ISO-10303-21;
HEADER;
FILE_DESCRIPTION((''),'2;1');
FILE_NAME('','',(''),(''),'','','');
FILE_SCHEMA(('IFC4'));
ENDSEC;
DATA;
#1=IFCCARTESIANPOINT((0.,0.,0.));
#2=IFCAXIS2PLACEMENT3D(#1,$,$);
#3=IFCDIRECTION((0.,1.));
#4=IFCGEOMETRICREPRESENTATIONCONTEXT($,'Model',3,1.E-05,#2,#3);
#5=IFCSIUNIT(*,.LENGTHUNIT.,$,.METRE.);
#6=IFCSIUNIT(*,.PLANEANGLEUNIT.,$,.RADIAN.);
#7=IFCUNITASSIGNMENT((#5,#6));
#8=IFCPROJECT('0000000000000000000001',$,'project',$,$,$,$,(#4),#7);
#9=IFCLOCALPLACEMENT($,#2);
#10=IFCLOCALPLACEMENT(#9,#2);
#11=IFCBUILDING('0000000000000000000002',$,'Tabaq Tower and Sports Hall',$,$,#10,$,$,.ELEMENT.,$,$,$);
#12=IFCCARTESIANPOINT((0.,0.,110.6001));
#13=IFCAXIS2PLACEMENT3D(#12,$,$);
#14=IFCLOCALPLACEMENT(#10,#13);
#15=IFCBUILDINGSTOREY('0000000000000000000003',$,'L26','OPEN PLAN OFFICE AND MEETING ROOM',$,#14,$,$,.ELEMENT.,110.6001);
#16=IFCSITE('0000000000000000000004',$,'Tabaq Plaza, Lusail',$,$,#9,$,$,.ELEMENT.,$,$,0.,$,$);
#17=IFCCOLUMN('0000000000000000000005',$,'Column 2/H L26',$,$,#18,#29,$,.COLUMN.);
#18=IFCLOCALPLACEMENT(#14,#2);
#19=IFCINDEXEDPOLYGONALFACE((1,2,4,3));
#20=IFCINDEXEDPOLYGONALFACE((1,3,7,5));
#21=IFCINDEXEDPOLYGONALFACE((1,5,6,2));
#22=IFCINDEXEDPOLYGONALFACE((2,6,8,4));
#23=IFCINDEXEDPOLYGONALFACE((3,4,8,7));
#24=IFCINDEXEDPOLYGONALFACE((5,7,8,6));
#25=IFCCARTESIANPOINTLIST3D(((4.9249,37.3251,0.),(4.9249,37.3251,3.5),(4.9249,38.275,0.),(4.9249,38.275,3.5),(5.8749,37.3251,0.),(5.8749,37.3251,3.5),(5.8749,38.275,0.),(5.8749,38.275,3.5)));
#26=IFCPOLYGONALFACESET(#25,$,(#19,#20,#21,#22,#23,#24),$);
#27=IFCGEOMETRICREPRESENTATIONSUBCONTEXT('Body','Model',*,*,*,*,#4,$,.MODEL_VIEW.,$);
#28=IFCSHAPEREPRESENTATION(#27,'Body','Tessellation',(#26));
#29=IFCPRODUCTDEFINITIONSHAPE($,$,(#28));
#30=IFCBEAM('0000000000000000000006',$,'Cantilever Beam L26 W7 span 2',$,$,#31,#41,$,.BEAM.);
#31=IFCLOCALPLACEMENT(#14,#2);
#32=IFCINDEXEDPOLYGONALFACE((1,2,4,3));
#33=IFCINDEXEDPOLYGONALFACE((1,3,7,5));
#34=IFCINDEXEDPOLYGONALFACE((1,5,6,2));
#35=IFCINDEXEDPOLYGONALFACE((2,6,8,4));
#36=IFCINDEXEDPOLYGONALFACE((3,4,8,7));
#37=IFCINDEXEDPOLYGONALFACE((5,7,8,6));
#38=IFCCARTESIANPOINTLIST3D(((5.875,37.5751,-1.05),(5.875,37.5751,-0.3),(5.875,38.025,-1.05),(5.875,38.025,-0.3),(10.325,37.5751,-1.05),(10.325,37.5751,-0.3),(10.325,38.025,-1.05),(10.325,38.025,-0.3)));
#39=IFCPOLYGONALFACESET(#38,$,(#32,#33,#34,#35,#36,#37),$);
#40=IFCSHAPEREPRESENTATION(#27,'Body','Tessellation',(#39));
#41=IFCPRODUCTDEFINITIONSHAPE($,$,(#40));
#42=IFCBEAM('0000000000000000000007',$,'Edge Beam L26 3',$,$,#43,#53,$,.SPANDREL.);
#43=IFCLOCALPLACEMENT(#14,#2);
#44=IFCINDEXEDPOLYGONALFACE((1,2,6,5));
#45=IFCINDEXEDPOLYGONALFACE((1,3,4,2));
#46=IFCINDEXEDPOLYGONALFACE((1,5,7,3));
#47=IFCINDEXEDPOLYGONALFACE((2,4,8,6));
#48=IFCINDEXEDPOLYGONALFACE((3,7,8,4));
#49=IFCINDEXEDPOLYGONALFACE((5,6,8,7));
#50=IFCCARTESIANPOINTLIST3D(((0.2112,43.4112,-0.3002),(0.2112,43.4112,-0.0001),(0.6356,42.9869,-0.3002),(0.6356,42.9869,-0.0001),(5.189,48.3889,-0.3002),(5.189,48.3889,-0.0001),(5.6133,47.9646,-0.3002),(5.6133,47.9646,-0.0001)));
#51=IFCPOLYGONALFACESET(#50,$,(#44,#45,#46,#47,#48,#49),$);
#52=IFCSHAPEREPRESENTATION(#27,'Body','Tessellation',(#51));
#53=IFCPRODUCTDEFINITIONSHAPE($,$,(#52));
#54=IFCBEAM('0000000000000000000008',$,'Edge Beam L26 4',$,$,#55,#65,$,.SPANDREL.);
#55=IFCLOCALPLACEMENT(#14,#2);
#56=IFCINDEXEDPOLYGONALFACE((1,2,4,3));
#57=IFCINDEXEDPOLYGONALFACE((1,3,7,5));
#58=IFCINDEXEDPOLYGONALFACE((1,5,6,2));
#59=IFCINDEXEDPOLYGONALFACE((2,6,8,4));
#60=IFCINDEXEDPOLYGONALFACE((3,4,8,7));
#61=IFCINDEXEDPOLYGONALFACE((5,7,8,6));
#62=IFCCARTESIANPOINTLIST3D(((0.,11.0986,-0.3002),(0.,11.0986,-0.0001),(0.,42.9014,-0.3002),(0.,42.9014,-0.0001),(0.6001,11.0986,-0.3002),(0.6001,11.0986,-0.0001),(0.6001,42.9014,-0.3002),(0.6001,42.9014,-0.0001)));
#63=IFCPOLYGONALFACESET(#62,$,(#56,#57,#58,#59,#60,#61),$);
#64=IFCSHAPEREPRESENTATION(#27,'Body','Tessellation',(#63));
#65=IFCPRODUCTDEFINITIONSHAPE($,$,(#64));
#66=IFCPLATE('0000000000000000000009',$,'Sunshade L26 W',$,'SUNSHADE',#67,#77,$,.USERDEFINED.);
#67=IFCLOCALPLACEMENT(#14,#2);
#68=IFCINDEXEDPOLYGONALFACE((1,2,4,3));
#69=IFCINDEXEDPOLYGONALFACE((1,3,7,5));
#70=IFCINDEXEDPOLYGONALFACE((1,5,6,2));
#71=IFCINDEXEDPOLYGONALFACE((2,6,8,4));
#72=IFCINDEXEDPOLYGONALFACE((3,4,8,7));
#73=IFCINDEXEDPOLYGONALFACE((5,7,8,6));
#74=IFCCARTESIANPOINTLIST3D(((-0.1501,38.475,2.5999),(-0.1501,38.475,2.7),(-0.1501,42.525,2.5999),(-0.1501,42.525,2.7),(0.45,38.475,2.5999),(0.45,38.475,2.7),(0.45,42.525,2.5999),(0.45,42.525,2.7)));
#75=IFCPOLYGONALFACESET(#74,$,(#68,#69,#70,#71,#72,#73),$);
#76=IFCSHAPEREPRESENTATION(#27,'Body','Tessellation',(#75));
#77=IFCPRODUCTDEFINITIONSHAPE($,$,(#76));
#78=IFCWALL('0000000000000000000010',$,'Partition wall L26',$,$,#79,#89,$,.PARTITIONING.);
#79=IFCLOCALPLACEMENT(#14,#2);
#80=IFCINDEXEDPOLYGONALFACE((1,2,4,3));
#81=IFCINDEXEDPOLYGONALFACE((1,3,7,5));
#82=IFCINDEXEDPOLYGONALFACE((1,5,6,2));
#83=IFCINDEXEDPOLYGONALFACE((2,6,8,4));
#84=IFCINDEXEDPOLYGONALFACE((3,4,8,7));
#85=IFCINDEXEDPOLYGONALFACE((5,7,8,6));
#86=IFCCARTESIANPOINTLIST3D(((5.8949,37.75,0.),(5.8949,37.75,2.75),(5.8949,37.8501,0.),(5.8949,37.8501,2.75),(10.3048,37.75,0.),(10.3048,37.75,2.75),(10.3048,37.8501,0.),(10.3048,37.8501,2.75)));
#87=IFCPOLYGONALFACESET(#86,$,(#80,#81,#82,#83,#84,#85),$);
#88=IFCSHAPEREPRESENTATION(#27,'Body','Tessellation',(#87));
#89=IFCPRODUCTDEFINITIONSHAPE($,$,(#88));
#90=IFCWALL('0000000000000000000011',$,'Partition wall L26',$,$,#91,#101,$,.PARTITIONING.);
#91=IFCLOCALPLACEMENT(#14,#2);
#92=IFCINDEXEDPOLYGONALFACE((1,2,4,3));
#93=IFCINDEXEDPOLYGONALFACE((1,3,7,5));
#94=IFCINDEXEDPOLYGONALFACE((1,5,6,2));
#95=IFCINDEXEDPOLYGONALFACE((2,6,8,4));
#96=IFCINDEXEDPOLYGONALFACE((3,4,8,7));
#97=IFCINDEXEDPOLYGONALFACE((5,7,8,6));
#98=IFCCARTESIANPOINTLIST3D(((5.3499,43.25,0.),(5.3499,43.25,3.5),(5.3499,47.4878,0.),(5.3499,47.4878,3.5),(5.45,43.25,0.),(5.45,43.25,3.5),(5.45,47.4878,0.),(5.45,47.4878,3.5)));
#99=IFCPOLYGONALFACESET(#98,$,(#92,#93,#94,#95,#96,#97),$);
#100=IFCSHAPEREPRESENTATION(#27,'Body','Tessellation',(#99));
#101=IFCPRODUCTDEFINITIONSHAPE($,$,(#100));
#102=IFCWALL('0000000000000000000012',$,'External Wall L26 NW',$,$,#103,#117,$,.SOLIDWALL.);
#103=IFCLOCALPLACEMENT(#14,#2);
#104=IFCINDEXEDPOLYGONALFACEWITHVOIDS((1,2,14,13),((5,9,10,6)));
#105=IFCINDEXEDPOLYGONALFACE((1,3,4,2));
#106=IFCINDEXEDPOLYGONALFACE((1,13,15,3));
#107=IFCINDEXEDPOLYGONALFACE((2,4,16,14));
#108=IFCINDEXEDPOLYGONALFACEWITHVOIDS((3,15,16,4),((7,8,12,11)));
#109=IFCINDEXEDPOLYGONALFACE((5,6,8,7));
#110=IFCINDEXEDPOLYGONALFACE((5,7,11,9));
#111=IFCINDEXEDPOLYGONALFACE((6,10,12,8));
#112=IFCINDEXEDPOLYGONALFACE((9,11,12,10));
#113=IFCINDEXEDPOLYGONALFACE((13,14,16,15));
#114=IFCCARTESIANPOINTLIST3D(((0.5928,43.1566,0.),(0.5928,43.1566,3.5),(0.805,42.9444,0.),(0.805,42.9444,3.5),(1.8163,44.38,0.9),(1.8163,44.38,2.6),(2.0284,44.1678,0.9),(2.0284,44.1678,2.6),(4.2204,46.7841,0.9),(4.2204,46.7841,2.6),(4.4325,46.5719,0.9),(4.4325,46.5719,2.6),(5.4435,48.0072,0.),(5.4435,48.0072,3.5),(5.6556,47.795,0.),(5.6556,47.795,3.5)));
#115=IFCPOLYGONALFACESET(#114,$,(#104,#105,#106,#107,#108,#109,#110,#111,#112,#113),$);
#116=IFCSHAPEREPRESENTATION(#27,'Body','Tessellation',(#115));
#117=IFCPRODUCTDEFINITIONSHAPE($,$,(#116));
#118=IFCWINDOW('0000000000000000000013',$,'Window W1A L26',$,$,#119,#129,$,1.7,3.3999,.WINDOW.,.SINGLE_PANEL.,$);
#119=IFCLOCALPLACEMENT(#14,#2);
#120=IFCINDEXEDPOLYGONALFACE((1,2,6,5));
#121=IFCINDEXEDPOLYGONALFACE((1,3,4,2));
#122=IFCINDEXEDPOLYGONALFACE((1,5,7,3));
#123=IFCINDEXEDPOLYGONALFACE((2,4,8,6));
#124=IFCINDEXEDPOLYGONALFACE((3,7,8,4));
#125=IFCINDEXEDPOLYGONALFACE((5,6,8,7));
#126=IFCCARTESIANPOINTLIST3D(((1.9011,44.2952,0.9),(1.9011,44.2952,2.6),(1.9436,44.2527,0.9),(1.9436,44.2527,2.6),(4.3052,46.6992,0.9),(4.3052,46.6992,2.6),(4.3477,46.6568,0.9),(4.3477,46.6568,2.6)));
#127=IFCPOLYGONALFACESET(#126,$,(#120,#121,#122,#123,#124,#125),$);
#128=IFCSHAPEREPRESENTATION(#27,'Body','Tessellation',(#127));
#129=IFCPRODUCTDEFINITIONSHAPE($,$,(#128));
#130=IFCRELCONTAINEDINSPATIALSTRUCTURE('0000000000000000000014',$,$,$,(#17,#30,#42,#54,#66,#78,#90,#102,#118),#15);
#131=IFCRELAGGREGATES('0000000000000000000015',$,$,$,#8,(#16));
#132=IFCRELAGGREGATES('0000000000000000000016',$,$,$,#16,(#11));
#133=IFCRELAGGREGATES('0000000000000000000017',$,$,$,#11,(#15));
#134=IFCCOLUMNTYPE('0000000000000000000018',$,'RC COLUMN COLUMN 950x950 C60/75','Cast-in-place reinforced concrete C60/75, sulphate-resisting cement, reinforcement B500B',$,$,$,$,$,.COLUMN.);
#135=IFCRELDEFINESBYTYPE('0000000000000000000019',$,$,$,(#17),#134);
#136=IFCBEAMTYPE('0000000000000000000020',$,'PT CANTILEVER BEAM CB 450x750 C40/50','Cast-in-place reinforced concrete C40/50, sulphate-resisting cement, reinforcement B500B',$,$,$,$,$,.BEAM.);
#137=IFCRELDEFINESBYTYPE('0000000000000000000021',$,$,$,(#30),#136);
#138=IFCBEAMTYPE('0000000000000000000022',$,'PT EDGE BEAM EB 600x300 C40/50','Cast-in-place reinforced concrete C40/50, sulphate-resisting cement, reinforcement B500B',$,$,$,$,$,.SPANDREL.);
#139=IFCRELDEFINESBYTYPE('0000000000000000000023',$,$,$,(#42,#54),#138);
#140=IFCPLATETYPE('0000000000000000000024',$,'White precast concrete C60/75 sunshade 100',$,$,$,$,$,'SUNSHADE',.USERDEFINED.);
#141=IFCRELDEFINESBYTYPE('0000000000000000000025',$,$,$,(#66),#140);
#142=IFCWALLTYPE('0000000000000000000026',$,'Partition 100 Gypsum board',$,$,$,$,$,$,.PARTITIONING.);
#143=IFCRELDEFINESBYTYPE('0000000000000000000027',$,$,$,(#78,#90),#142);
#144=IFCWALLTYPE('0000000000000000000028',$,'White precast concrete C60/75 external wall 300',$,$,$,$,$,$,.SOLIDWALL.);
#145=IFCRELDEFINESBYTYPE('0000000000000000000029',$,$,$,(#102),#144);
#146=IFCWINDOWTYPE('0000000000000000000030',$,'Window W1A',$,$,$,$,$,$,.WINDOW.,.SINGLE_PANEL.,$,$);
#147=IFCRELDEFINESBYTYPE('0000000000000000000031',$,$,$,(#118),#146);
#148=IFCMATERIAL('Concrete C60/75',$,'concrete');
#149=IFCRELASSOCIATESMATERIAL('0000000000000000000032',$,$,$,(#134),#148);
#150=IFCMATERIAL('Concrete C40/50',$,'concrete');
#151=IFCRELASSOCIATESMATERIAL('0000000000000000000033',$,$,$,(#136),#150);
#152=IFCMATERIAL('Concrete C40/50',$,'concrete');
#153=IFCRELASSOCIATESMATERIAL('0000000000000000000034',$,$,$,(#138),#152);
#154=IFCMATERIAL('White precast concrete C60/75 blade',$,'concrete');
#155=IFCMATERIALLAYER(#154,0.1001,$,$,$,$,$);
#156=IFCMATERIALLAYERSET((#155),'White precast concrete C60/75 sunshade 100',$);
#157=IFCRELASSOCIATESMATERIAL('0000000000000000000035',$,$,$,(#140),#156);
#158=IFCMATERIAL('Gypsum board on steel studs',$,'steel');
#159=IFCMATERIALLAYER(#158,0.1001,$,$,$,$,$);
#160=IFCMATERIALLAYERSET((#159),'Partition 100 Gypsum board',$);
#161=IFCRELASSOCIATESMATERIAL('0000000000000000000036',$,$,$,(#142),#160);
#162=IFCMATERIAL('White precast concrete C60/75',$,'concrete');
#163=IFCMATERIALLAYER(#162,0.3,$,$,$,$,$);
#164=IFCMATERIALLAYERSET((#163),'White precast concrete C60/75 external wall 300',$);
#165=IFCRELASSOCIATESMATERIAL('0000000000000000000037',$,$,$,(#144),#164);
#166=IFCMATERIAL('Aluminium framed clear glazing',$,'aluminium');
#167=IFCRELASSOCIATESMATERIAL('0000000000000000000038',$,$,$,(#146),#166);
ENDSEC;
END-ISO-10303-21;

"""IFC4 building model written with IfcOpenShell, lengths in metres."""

from ifc_helpers import new_model, si_unit, direction, frame, frame_2d, origin, origin_2d, place, context, subcontext, project, spatial, rectangle, extrude, material, layer, layer_set, material_profile, profile_set, type_object, element, fill, save


model = new_model("IFC4")

# Units and contexts
model_context = context("Model", 3, precision=1e-05, world=origin(), true_north=direction((0.0, 1.0)))
body_context = subcontext(model_context, "Body", "Model", "MODEL_VIEW")
ifc_project = project(units=[si_unit("LENGTHUNIT", "METRE"), si_unit("PLANEANGLEUNIT", "RADIAN")], contexts=[model_context])

# Site, building, storey
site_placement = place(None, origin())
site = spatial("IfcSite", under=ifc_project, at=site_placement, Name="Tabaq Plaza, Lusail", CompositionType="ELEMENT", RefElevation=0.0)
building_placement = place(site_placement, origin())
building = spatial("IfcBuilding", under=site, at=building_placement, Name="Tabaq Tower and Sports Hall", CompositionType="ELEMENT")
storey_placement = place(building_placement, frame((0.0, 0.0, 110.6001)))
storey = spatial("IfcBuildingStorey", under=building, at=storey_placement, Name="L26", Description="OPEN PLAN OFFICE AND MEETING ROOM", CompositionType="ELEMENT", Elevation=110.6001)

# Column
ifc_material_1 = material(Name="Concrete C60/75", Category="concrete")
ifc_material_profile_1 = material_profile(ifc_material_1, rectangle(XDim=0.95, YDim=0.95, at=origin_2d()), Name="COLUMN 950x950")
ifc_profile_set_1 = profile_set([ifc_material_profile_1], Name="Concrete C60/75")
column_type = type_object("IfcColumnType", Name="RC COLUMN COLUMN 950x950 C60/75", Description="Cast-in-place reinforced concrete C60/75, sulphate-resisting cement, reinforcement B500B", PredefinedType="COLUMN", material=ifc_profile_set_1)
column_placement = place(storey_placement, frame((5.3999, 37.8, 0.0), z_axis=(0.0, 0.0, 1.0), x_axis=(1.0, 0.0, 0.0)))
element("IfcColumn", 1, at=column_placement, inside=storey, type_object=column_type, Name="Column 2/H L26", PredefinedType="COLUMN", context=body_context, shape_type="SweptSolid", body=[
    extrude(rectangle(XDim=0.95, YDim=0.95, at=origin_2d()), origin(), (0.0, 0.0, 1.0), 3.5),
])

# Beams
ifc_material_2 = material(Name="Concrete C40/50", Category="concrete")
ifc_material_profile_2 = material_profile(ifc_material_2, rectangle(XDim=0.45, YDim=0.75, at=origin_2d()), Name="CB 450x750")
ifc_profile_set_2 = profile_set([ifc_material_profile_2], Name="Concrete C40/50")
beam_type_1 = type_object("IfcBeamType", Name="PT CANTILEVER BEAM CB 450x750 C40/50", Description="Cast-in-place reinforced concrete C40/50, sulphate-resisting cement, reinforcement B500B", PredefinedType="BEAM", material=ifc_profile_set_2)
beam_1_placement = place(storey_placement, frame((5.875, 37.8, -0.675), z_axis=(1.0, 0.0, 0.0), x_axis=(0.0, 1.0, 0.0)))
element("IfcBeam", 2, at=beam_1_placement, inside=storey, type_object=beam_type_1, Name="Cantilever Beam L26 W7 span 2", PredefinedType="BEAM", context=body_context, shape_type="SweptSolid", body=[
    extrude(rectangle(XDim=0.45, YDim=0.75, at=origin_2d()), origin(), (0.0, 0.0, 1.0), 4.45),
])
ifc_material_3 = material(Name="Concrete C40/50", Category="concrete")
ifc_material_profile_3 = material_profile(ifc_material_3, rectangle(XDim=0.6001, YDim=0.3, at=origin_2d()), Name="EB 600x300")
ifc_profile_set_3 = profile_set([ifc_material_profile_3], Name="Concrete C40/50")
beam_type_2 = type_object("IfcBeamType", Name="PT EDGE BEAM EB 600x300 C40/50", Description="Cast-in-place reinforced concrete C40/50, sulphate-resisting cement, reinforcement B500B", PredefinedType="SPANDREL", material=ifc_profile_set_3)
beam_2_placement = place(storey_placement, frame((5.4011, 48.1768, -0.1501), z_axis=(-0.707107, -0.707107, 0.0), x_axis=(0.707107, -0.707107, 0.0)))
element("IfcBeam", 3, at=beam_2_placement, inside=storey, type_object=beam_type_2, Name="Edge Beam L26 3", PredefinedType="SPANDREL", context=body_context, shape_type="SweptSolid", body=[
    extrude(rectangle(XDim=0.6001, YDim=0.3, at=origin_2d()), origin(), (0.0, 0.0, 1.0), 7.0396),
])
beam_3_placement = place(storey_placement, frame((0.3, 42.9014, -0.1501), z_axis=(0.0, -1.0, 0.0), x_axis=(1.0, 0.0, 0.0)))
element("IfcBeam", 4, at=beam_3_placement, inside=storey, type_object=beam_type_2, Name="Edge Beam L26 4", PredefinedType="SPANDREL", context=body_context, shape_type="SweptSolid", body=[
    extrude(rectangle(XDim=0.6001, YDim=0.3, at=origin_2d()), origin(), (0.0, 0.0, 1.0), 31.8027),
])

# Plate
ifc_material_4 = material(Name="White precast concrete C60/75 blade", Category="concrete")
ifc_layer_1 = layer(ifc_material_4, 0.1001)
ifc_layer_set_1 = layer_set([ifc_layer_1], Name="White precast concrete C60/75 sunshade 100")
plate_type = type_object("IfcPlateType", Name="White precast concrete C60/75 sunshade 100", ElementType="SUNSHADE", PredefinedType="USERDEFINED", material=ifc_layer_set_1)
plate_placement = place(storey_placement, frame((0.1499, 40.5, 2.5999), z_axis=(0.0, 0.0, 1.0), x_axis=(0.0, -1.0, 0.0)))
element("IfcPlate", 5, at=plate_placement, inside=storey, type_object=plate_type, Name="Sunshade L26 W", ObjectType="SUNSHADE", PredefinedType="USERDEFINED", context=body_context, shape_type="SweptSolid", body=[
    extrude(rectangle(XDim=4.05, YDim=0.6001, at=origin_2d()), origin(), (0.0, 0.0, 1.0), 0.1001),
])

# Walls
ifc_material_5 = material(Name="Gypsum board on steel studs", Category="steel")
ifc_layer_2 = layer(ifc_material_5, 0.1001)
ifc_layer_set_2 = layer_set([ifc_layer_2], Name="Partition 100 Gypsum board")
wall_type_1 = type_object("IfcWallType", Name="Partition 100 Gypsum board", PredefinedType="PARTITIONING", material=ifc_layer_set_2)
wall_1_placement = place(storey_placement, frame((10.3049, 37.8, 0.0), z_axis=(0.0, 0.0, 1.0), x_axis=(-1.0, 0.0, 0.0)))
element("IfcWall", 6, at=wall_1_placement, inside=storey, type_object=wall_type_1, Name="Partition wall L26", PredefinedType="PARTITIONING", context=body_context, shape_type="SweptSolid", body=[
    extrude(rectangle(XDim=4.4099, YDim=0.1001, at=frame_2d((2.2051, 0.0))), origin(), (0.0, 0.0, 1.0), 2.75),
])
wall_2_placement = place(storey_placement, frame((5.3999, 43.25, 0.0), z_axis=(0.0, 0.0, 1.0), x_axis=(0.0, 1.0, 0.0)))
element("IfcWall", 7, at=wall_2_placement, inside=storey, type_object=wall_type_1, Name="Partition wall L26", PredefinedType="PARTITIONING", context=body_context, shape_type="SweptSolid", body=[
    extrude(rectangle(XDim=4.2378, YDim=0.1001, at=frame_2d((2.1189, 0.0))), origin(), (0.0, 0.0, 1.0), 3.5),
])

# Wall, opening, window
ifc_material_6 = material(Name="White precast concrete C60/75", Category="concrete")
ifc_layer_3 = layer(ifc_material_6, 0.3)
ifc_layer_set_3 = layer_set([ifc_layer_3], Name="White precast concrete C60/75 external wall 300")
wall_type_2 = type_object("IfcWallType", Name="White precast concrete C60/75 external wall 300", PredefinedType="SOLIDWALL", material=ifc_layer_set_3)
wall_3_placement = place(storey_placement, frame((5.5496, 47.9011, 0.0), z_axis=(0.0, 0.0, 1.0), x_axis=(-0.707107, -0.707107, 0.0)))
wall_3 = element("IfcWall", 8, at=wall_3_placement, inside=storey, type_object=wall_type_2, Name="External Wall L26 NW", PredefinedType="SOLIDWALL", context=body_context, shape_type="SweptSolid", body=[
    extrude(rectangle(XDim=6.8599, YDim=0.3, at=frame_2d((3.4299, 0.0))), origin(), (0.0, 0.0, 1.0), 3.5),
])
opening_1_placement = place(wall_3_placement, frame((1.7297, 0.0, 0.8999)))
opening_1 = element("IfcOpeningElement", 9, at=opening_1_placement, cuts=wall_3, PredefinedType="OPENING", context=body_context, shape_type="SweptSolid", body=[
    extrude(rectangle(XDim=3.3999, YDim=1.7, at=frame_2d((1.7, 0.8501))), frame((0.0, 0.1602, 0.0), z_axis=(0.0, -1.0, 0.0), x_axis=(1.0, 0.0, 0.0)), (0.0, 0.0, 1.0), 0.3201),
])
ifc_material_7 = material(Name="Aluminium framed clear glazing", Category="aluminium")
window_type = type_object("IfcWindowType", Name="Window W1A", PartitioningType="SINGLE_PANEL", PredefinedType="WINDOW", material=ifc_material_7)
window_1_placement = place(opening_1_placement, origin())
window_1 = element("IfcWindow", 10, at=window_1_placement, inside=storey, type_object=window_type, Name="Window W1A L26", OverallHeight=1.7, OverallWidth=3.3999, PartitioningType="SINGLE_PANEL", PredefinedType="WINDOW", context=body_context, shape_type="SweptSolid", body=[
    extrude(rectangle(XDim=3.3999, YDim=1.7, at=frame_2d((1.7, 0.8501))), frame((0.0, 0.03, 0.0), z_axis=(0.0, -1.0, 0.0), x_axis=(1.0, 0.0, 0.0)), (0.0, 0.0, 1.0), 0.0601),
])
fill(opening_1, window_1)

save(model, "model.ifc")
